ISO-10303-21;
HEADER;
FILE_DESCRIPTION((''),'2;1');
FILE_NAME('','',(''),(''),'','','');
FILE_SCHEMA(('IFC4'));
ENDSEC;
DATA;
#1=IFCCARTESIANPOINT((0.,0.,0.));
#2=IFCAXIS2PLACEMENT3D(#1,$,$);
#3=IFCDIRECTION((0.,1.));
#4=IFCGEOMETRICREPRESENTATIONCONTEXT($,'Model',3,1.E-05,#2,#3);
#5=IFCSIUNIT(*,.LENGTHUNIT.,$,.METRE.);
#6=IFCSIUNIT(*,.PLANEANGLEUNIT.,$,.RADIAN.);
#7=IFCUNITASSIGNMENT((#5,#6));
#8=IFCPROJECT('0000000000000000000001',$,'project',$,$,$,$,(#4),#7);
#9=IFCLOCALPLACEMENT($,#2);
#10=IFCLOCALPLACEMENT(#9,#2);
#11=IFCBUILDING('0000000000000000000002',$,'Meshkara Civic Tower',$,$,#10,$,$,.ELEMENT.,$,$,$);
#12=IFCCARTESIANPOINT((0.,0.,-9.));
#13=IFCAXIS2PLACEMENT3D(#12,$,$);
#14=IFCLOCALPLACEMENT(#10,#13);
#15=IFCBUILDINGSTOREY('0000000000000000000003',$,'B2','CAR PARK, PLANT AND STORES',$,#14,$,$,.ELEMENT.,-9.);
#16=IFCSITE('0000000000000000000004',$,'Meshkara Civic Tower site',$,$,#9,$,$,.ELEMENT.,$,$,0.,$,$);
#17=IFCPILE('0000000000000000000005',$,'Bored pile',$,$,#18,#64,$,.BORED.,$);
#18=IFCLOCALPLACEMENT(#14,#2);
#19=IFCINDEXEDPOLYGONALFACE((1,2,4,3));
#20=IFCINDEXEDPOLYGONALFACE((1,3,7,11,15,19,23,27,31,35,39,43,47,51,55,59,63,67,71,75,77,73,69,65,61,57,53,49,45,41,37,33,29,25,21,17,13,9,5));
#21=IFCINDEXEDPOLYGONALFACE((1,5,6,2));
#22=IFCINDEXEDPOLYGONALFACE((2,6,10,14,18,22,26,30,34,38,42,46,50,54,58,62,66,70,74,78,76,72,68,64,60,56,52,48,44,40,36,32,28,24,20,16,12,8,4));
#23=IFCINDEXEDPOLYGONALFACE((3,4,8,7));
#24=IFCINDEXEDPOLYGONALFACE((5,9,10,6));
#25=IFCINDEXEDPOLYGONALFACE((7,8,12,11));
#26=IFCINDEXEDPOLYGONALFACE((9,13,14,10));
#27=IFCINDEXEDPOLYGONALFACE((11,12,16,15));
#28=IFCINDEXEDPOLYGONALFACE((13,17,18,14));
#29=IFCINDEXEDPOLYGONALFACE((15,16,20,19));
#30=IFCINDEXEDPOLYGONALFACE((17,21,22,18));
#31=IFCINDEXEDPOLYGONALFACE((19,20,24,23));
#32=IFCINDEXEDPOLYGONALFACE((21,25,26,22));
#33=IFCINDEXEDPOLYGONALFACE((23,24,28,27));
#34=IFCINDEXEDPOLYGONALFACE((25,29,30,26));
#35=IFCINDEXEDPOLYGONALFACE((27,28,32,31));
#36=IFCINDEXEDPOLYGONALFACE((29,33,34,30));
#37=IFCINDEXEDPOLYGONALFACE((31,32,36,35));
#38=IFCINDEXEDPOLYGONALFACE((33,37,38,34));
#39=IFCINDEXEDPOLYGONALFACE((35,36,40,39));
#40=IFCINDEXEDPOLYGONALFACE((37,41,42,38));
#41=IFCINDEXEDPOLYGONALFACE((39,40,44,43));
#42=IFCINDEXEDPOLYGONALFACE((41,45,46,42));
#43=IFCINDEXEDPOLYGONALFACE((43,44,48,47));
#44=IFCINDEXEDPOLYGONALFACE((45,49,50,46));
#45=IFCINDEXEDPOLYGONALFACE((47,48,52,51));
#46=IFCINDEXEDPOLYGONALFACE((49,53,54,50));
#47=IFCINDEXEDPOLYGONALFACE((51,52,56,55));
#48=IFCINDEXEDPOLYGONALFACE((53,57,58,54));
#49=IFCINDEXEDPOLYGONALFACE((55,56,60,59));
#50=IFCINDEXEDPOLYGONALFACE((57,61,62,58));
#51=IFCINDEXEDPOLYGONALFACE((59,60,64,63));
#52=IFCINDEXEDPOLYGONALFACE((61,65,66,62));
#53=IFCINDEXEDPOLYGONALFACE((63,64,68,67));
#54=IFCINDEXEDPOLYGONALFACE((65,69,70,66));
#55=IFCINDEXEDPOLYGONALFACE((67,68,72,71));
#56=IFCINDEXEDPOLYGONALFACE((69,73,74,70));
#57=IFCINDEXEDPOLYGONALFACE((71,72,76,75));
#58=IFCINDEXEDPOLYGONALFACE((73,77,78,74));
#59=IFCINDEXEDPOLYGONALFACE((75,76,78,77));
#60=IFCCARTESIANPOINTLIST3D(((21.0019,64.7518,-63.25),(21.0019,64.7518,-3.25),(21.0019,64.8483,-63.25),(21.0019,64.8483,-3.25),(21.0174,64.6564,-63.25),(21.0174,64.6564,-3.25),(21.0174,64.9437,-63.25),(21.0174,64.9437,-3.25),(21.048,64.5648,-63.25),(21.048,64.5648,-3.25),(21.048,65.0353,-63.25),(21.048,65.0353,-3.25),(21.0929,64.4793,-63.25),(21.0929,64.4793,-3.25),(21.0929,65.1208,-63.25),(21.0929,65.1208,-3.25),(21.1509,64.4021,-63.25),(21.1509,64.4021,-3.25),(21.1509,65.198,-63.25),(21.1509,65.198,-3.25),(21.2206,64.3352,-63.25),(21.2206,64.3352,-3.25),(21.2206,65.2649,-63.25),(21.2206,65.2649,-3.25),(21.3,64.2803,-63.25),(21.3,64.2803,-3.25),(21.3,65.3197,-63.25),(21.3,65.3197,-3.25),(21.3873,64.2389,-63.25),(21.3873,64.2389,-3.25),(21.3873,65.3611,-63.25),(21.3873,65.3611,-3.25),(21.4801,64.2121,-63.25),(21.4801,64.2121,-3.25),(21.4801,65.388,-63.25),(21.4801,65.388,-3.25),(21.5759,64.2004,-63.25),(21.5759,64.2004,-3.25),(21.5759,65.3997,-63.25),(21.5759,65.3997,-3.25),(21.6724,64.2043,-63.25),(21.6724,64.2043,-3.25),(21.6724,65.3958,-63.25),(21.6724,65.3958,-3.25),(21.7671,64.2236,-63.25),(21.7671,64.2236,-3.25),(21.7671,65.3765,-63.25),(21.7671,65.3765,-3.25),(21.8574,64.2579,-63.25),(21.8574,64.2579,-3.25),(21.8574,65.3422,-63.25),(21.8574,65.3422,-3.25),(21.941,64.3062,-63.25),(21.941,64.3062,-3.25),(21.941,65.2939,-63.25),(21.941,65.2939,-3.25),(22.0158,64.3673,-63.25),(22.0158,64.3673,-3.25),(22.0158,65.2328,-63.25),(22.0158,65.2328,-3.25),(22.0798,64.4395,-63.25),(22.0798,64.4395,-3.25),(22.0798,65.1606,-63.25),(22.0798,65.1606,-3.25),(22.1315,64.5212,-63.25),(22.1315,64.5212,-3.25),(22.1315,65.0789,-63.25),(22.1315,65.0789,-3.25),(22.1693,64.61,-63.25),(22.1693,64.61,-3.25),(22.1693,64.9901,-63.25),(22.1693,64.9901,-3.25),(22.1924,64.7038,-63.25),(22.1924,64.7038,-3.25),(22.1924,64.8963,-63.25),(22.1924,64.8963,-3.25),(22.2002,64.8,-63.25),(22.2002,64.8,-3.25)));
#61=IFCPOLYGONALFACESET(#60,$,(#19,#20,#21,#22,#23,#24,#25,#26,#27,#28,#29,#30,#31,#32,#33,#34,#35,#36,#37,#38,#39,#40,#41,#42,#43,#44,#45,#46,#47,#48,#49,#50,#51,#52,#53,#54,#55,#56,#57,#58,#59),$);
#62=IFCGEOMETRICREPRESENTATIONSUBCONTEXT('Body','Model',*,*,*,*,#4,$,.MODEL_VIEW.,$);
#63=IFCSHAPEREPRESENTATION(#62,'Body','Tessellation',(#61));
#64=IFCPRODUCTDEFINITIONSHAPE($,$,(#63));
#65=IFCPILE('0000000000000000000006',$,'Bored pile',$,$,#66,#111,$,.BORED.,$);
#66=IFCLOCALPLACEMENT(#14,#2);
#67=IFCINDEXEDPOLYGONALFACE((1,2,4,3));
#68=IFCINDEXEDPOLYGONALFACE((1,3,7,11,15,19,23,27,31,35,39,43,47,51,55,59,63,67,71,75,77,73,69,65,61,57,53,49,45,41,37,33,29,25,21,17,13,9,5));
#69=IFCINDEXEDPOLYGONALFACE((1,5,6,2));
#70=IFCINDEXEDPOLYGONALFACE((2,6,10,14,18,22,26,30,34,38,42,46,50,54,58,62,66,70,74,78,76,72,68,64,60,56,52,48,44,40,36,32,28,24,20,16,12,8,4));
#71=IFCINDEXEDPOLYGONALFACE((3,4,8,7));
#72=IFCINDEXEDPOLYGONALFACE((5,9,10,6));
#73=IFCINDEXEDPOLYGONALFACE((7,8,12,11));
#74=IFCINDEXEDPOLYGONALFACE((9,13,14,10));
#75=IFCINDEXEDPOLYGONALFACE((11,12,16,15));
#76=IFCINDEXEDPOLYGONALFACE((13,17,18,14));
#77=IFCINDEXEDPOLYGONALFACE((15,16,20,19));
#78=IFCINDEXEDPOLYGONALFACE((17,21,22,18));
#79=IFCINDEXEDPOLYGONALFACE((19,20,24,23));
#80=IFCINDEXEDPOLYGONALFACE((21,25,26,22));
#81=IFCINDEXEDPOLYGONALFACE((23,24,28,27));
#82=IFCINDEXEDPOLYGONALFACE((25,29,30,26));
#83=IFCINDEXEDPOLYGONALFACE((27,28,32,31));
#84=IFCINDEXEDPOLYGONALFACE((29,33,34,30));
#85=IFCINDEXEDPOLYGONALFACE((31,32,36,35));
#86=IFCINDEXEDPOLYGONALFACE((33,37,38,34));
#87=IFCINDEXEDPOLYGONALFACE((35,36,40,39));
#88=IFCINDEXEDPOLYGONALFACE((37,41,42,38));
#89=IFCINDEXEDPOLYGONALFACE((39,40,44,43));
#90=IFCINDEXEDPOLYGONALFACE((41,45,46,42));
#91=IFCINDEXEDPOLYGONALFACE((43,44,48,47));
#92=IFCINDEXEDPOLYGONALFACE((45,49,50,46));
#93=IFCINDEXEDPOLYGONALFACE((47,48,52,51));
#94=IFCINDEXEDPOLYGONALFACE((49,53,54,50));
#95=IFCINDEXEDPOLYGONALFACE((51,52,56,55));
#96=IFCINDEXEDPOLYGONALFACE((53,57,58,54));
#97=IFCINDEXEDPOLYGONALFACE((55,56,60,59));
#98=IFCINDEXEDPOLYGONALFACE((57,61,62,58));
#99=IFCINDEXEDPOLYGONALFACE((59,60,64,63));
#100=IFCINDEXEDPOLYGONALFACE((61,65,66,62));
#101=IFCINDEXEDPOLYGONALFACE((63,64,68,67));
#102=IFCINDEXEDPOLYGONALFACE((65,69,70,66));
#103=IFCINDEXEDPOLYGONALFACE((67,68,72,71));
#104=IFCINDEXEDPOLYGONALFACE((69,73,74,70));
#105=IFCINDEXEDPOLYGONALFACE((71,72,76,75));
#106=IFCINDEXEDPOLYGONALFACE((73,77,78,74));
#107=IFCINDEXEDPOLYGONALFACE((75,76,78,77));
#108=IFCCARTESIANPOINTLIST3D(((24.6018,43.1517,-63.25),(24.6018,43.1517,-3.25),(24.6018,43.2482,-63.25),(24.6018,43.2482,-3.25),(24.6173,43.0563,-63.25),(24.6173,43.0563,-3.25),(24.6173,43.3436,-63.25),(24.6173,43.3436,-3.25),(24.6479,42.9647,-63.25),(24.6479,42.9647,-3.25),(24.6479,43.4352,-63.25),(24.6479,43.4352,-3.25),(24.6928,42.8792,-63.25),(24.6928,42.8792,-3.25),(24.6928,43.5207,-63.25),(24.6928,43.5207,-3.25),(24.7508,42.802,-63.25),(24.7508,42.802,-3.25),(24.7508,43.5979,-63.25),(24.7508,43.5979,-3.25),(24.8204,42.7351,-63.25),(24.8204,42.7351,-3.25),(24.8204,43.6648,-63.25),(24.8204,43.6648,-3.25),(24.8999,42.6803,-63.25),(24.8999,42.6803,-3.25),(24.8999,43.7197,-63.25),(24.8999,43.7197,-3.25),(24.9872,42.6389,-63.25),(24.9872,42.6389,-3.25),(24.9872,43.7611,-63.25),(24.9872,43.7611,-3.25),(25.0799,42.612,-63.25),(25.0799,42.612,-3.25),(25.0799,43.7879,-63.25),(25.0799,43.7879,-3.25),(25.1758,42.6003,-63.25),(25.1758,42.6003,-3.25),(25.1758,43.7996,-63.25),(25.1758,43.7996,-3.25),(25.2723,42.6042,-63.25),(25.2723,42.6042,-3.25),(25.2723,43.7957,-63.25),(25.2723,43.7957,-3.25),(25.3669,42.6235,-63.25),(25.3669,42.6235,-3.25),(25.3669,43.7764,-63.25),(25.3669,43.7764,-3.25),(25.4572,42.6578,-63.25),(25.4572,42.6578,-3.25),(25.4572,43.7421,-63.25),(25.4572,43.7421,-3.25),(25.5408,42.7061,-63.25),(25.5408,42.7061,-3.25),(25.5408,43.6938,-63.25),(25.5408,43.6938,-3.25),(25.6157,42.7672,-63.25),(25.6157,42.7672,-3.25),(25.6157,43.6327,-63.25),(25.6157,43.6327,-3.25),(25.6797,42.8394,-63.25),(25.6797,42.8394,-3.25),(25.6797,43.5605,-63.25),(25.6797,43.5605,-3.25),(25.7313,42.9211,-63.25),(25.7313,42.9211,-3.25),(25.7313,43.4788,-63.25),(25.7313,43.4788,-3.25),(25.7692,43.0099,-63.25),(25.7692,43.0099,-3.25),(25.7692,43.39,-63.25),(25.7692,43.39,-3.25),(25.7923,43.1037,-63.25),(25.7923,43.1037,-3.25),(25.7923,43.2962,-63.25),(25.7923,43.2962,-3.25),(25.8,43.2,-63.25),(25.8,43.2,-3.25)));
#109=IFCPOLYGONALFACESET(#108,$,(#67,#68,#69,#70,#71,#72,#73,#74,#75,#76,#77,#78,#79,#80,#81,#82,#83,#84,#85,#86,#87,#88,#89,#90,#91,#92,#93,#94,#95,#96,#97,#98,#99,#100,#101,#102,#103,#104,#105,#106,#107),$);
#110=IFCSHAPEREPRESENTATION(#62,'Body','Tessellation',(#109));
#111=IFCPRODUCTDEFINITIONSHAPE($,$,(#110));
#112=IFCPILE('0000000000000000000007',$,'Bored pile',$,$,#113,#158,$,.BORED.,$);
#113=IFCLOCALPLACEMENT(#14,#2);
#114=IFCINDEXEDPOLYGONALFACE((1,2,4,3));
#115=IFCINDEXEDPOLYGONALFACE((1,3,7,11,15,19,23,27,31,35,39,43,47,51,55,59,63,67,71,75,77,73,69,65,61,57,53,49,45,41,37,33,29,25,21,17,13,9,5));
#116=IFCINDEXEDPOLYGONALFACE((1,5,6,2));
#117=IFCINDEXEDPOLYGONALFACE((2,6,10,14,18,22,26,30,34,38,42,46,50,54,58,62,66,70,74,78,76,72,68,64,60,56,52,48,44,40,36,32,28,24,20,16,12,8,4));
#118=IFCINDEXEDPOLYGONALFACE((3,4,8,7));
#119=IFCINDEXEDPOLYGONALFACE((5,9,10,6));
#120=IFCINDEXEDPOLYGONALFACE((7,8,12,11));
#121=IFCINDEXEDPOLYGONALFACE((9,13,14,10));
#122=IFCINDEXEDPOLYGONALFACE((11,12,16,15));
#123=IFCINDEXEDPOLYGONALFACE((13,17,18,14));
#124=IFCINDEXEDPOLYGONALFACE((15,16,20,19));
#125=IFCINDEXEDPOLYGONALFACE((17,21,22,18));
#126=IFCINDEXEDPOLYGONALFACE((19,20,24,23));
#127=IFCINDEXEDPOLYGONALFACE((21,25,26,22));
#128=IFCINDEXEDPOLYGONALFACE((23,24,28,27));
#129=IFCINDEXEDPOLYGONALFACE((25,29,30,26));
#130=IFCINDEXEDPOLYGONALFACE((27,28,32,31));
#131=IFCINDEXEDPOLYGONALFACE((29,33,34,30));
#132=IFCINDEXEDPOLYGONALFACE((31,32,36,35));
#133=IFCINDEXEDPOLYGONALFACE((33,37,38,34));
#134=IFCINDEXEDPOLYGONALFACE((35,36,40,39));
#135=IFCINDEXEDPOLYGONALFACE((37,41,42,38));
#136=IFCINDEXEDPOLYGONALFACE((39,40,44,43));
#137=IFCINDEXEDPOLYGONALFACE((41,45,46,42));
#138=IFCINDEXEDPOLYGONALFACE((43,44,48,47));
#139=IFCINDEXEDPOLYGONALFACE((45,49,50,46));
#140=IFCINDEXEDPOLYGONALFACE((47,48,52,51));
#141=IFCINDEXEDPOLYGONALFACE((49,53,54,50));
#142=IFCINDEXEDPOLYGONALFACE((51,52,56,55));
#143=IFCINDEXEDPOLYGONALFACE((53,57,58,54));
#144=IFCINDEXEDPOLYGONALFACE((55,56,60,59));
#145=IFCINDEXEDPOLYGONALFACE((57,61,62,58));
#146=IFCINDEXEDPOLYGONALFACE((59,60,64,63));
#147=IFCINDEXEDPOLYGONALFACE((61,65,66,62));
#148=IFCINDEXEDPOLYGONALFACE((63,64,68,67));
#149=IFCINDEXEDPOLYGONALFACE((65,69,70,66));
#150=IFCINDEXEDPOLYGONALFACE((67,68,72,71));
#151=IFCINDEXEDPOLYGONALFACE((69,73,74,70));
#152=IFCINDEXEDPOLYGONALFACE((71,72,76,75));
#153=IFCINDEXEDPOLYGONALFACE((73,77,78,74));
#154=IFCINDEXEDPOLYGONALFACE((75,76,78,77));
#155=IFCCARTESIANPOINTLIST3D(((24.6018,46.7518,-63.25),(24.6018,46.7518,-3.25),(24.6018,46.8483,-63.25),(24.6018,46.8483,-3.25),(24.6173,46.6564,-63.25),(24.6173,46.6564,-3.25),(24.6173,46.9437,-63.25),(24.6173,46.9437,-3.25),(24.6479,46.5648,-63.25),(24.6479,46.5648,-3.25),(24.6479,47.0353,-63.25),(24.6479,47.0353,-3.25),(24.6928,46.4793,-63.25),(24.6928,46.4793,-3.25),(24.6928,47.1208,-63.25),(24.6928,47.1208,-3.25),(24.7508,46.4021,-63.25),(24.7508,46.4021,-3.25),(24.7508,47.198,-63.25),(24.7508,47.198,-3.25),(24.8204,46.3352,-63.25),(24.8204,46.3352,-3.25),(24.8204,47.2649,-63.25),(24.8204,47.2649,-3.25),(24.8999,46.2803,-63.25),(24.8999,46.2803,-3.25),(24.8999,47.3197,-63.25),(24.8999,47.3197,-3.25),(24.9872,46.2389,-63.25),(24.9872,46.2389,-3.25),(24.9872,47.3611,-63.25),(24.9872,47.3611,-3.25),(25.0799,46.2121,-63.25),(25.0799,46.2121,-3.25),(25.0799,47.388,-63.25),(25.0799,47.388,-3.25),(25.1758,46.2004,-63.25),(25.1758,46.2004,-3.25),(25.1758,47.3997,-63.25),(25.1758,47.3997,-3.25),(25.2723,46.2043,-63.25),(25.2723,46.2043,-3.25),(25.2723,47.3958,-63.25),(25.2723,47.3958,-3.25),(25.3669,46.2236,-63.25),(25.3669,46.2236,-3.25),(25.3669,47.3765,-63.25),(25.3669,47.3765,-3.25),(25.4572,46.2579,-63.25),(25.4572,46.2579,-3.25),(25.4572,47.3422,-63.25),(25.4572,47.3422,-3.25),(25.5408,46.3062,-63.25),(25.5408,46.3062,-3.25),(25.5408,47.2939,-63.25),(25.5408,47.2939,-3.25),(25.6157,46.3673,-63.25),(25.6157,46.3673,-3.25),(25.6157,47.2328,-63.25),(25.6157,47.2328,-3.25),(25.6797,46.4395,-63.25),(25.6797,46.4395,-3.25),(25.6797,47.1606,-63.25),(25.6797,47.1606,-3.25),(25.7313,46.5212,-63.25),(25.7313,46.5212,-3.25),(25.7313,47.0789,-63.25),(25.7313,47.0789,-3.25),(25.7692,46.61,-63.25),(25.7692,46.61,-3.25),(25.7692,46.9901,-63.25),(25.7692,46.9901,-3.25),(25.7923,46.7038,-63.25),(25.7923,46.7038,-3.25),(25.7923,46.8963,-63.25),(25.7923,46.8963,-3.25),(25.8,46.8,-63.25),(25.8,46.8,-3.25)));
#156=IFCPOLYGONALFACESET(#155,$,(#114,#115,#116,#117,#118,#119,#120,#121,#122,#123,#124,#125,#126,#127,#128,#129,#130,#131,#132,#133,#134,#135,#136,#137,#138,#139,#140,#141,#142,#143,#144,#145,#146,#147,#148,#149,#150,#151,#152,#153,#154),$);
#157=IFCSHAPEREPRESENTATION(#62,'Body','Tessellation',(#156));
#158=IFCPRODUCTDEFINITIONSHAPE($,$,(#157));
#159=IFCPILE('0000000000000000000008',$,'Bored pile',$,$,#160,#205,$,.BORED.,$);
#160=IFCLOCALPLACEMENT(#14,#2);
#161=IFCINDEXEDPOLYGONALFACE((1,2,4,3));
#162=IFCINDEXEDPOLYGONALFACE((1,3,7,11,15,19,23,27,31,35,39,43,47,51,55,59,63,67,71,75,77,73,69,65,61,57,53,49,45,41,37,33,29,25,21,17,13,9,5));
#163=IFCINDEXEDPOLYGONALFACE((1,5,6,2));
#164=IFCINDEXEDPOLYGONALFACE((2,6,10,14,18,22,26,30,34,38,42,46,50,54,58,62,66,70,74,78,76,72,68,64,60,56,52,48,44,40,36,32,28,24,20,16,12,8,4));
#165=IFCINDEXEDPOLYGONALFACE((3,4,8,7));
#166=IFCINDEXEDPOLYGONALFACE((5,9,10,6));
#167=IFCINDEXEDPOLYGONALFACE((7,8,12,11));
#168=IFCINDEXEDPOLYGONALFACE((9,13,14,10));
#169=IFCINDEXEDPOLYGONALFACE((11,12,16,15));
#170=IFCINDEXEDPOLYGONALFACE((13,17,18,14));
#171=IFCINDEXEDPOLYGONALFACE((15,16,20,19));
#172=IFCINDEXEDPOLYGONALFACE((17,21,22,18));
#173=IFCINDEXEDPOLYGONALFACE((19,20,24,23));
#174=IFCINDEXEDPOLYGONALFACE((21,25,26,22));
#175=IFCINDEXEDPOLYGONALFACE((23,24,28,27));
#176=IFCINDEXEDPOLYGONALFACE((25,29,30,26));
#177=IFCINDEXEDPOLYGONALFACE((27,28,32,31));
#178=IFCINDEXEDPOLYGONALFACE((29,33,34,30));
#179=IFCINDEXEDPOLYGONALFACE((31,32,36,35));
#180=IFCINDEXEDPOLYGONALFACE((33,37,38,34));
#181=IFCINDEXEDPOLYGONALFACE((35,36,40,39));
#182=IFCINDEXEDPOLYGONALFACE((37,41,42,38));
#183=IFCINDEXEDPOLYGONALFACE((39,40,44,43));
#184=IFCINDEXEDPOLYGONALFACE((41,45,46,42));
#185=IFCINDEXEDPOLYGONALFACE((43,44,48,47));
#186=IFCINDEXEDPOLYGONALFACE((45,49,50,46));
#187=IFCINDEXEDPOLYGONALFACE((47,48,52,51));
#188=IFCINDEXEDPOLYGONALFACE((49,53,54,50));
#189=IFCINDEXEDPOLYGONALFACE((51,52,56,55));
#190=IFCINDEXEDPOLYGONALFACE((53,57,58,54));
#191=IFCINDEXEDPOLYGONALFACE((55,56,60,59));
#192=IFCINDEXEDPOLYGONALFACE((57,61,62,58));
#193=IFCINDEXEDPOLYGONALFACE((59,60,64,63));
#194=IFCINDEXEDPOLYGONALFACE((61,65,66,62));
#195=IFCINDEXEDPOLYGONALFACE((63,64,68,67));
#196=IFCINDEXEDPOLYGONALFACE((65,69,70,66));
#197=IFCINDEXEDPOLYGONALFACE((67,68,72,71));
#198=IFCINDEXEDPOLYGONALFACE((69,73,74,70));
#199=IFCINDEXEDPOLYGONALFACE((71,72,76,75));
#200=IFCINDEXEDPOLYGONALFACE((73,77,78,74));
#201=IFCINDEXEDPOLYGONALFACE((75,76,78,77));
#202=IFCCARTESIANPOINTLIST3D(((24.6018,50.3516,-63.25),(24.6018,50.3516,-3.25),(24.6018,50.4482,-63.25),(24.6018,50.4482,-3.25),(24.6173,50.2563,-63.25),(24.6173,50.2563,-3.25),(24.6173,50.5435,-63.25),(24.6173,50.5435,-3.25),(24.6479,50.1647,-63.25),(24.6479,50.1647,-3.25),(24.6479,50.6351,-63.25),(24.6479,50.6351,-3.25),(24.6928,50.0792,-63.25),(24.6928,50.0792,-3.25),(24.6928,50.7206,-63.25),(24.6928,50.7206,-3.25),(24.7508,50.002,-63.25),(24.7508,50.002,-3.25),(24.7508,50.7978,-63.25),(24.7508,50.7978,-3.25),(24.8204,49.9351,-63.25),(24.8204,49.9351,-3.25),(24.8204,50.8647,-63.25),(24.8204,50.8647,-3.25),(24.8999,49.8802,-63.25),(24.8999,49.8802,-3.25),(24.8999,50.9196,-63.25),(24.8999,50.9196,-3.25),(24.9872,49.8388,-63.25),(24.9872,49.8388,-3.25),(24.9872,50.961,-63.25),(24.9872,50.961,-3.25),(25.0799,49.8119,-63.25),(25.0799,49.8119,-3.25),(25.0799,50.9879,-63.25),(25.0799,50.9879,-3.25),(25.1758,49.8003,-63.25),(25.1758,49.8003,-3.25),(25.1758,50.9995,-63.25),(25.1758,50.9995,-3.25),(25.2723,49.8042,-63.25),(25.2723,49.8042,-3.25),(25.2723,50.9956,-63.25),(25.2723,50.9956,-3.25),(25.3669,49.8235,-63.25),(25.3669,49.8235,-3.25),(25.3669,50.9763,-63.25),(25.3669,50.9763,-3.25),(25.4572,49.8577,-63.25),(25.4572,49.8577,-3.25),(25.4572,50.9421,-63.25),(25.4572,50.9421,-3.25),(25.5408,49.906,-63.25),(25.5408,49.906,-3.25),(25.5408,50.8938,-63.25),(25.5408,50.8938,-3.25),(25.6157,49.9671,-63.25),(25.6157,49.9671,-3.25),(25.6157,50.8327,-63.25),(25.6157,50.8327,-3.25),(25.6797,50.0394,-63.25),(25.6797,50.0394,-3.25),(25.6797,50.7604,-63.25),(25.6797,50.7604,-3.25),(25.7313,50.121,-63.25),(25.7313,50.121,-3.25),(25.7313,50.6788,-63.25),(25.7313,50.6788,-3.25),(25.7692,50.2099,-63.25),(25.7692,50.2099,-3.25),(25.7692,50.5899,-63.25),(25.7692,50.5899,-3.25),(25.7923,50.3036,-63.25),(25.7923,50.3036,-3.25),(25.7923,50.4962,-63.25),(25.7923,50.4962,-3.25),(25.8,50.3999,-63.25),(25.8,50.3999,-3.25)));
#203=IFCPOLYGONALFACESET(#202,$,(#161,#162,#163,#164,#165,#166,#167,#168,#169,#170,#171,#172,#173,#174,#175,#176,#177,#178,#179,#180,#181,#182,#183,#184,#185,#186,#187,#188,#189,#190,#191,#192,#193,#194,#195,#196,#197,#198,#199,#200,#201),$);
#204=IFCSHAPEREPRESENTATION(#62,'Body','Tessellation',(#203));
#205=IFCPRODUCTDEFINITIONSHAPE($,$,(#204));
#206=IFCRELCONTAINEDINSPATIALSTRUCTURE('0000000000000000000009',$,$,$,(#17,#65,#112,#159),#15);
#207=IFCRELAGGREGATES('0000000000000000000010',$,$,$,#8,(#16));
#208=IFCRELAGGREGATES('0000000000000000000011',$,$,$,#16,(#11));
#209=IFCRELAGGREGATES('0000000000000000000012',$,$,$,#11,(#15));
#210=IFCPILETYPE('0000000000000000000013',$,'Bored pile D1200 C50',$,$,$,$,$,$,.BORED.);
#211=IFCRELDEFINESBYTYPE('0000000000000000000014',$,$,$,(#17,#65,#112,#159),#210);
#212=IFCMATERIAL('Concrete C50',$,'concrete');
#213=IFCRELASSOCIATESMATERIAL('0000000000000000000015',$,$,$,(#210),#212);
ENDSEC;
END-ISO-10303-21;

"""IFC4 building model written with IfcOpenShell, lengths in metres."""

from ifc_helpers import new_model, si_unit, direction, frame, origin, origin_2d, place, context, subcontext, project, spatial, circle, extrude, material, material_profile, profile_set, type_object, element, save


model = new_model("IFC4")

# Units and contexts
model_context = context("Model", 3, precision=1e-05, world=origin(), true_north=direction((0.0, 1.0)))
body_context = subcontext(model_context, "Body", "Model", "MODEL_VIEW")
ifc_project = project(units=[si_unit("LENGTHUNIT", "METRE"), si_unit("PLANEANGLEUNIT", "RADIAN")], contexts=[model_context])

# Site, building, storey
site_placement = place(None, origin())
site = spatial("IfcSite", under=ifc_project, at=site_placement, Name="Meshkara Civic Tower site", CompositionType="ELEMENT", RefElevation=0.0)
building_placement = place(site_placement, origin())
building = spatial("IfcBuilding", under=site, at=building_placement, Name="Meshkara Civic Tower", CompositionType="ELEMENT")
storey_placement = place(building_placement, frame((0.0, 0.0, -9.0)))
storey = spatial("IfcBuildingStorey", under=building, at=storey_placement, Name="B2", Description="CAR PARK, PLANT AND STORES", CompositionType="ELEMENT", Elevation=-9.0)

# Piles
ifc_material_1 = material(Name="Concrete C50", Category="concrete")
ifc_material_profile_1 = material_profile(ifc_material_1, circle(Radius=0.6001, at=origin_2d()))
ifc_profile_set_1 = profile_set([ifc_material_profile_1], Name="Concrete C50")
pile_type = type_object("IfcPileType", Name="Bored pile D1200 C50", PredefinedType="BORED", material=ifc_profile_set_1)
for number, where, z_axis, x_axis, name in (
    (1, (21.6001, 64.8, -3.25), (0.0, 0.0, -1.0), (1.0, 0.0, 0.0), "Bored pile"),
    (2, (25.2, 43.2, -3.25), (0.0, 0.0, -1.0), (1.0, 0.0, 0.0), "Bored pile"),
    (3, (25.2, 46.8, -3.25), (0.0, 0.0, -1.0), (1.0, 0.0, 0.0), "Bored pile"),
    (4, (25.2, 50.3999, -3.25), (0.0, 0.0, -1.0), (1.0, 0.0, 0.0), "Bored pile"),
):
    element("IfcPile", number, at=place(storey_placement, frame(where, z_axis=z_axis, x_axis=x_axis)), inside=storey, type_object=pile_type, Name=name, PredefinedType="BORED", context=body_context, shape_type="SweptSolid", body=[
        extrude(circle(Radius=0.6001, at=origin_2d()), origin(), (0.0, 0.0, 1.0), 60.0),
    ])

save(model, "model.ifc")
